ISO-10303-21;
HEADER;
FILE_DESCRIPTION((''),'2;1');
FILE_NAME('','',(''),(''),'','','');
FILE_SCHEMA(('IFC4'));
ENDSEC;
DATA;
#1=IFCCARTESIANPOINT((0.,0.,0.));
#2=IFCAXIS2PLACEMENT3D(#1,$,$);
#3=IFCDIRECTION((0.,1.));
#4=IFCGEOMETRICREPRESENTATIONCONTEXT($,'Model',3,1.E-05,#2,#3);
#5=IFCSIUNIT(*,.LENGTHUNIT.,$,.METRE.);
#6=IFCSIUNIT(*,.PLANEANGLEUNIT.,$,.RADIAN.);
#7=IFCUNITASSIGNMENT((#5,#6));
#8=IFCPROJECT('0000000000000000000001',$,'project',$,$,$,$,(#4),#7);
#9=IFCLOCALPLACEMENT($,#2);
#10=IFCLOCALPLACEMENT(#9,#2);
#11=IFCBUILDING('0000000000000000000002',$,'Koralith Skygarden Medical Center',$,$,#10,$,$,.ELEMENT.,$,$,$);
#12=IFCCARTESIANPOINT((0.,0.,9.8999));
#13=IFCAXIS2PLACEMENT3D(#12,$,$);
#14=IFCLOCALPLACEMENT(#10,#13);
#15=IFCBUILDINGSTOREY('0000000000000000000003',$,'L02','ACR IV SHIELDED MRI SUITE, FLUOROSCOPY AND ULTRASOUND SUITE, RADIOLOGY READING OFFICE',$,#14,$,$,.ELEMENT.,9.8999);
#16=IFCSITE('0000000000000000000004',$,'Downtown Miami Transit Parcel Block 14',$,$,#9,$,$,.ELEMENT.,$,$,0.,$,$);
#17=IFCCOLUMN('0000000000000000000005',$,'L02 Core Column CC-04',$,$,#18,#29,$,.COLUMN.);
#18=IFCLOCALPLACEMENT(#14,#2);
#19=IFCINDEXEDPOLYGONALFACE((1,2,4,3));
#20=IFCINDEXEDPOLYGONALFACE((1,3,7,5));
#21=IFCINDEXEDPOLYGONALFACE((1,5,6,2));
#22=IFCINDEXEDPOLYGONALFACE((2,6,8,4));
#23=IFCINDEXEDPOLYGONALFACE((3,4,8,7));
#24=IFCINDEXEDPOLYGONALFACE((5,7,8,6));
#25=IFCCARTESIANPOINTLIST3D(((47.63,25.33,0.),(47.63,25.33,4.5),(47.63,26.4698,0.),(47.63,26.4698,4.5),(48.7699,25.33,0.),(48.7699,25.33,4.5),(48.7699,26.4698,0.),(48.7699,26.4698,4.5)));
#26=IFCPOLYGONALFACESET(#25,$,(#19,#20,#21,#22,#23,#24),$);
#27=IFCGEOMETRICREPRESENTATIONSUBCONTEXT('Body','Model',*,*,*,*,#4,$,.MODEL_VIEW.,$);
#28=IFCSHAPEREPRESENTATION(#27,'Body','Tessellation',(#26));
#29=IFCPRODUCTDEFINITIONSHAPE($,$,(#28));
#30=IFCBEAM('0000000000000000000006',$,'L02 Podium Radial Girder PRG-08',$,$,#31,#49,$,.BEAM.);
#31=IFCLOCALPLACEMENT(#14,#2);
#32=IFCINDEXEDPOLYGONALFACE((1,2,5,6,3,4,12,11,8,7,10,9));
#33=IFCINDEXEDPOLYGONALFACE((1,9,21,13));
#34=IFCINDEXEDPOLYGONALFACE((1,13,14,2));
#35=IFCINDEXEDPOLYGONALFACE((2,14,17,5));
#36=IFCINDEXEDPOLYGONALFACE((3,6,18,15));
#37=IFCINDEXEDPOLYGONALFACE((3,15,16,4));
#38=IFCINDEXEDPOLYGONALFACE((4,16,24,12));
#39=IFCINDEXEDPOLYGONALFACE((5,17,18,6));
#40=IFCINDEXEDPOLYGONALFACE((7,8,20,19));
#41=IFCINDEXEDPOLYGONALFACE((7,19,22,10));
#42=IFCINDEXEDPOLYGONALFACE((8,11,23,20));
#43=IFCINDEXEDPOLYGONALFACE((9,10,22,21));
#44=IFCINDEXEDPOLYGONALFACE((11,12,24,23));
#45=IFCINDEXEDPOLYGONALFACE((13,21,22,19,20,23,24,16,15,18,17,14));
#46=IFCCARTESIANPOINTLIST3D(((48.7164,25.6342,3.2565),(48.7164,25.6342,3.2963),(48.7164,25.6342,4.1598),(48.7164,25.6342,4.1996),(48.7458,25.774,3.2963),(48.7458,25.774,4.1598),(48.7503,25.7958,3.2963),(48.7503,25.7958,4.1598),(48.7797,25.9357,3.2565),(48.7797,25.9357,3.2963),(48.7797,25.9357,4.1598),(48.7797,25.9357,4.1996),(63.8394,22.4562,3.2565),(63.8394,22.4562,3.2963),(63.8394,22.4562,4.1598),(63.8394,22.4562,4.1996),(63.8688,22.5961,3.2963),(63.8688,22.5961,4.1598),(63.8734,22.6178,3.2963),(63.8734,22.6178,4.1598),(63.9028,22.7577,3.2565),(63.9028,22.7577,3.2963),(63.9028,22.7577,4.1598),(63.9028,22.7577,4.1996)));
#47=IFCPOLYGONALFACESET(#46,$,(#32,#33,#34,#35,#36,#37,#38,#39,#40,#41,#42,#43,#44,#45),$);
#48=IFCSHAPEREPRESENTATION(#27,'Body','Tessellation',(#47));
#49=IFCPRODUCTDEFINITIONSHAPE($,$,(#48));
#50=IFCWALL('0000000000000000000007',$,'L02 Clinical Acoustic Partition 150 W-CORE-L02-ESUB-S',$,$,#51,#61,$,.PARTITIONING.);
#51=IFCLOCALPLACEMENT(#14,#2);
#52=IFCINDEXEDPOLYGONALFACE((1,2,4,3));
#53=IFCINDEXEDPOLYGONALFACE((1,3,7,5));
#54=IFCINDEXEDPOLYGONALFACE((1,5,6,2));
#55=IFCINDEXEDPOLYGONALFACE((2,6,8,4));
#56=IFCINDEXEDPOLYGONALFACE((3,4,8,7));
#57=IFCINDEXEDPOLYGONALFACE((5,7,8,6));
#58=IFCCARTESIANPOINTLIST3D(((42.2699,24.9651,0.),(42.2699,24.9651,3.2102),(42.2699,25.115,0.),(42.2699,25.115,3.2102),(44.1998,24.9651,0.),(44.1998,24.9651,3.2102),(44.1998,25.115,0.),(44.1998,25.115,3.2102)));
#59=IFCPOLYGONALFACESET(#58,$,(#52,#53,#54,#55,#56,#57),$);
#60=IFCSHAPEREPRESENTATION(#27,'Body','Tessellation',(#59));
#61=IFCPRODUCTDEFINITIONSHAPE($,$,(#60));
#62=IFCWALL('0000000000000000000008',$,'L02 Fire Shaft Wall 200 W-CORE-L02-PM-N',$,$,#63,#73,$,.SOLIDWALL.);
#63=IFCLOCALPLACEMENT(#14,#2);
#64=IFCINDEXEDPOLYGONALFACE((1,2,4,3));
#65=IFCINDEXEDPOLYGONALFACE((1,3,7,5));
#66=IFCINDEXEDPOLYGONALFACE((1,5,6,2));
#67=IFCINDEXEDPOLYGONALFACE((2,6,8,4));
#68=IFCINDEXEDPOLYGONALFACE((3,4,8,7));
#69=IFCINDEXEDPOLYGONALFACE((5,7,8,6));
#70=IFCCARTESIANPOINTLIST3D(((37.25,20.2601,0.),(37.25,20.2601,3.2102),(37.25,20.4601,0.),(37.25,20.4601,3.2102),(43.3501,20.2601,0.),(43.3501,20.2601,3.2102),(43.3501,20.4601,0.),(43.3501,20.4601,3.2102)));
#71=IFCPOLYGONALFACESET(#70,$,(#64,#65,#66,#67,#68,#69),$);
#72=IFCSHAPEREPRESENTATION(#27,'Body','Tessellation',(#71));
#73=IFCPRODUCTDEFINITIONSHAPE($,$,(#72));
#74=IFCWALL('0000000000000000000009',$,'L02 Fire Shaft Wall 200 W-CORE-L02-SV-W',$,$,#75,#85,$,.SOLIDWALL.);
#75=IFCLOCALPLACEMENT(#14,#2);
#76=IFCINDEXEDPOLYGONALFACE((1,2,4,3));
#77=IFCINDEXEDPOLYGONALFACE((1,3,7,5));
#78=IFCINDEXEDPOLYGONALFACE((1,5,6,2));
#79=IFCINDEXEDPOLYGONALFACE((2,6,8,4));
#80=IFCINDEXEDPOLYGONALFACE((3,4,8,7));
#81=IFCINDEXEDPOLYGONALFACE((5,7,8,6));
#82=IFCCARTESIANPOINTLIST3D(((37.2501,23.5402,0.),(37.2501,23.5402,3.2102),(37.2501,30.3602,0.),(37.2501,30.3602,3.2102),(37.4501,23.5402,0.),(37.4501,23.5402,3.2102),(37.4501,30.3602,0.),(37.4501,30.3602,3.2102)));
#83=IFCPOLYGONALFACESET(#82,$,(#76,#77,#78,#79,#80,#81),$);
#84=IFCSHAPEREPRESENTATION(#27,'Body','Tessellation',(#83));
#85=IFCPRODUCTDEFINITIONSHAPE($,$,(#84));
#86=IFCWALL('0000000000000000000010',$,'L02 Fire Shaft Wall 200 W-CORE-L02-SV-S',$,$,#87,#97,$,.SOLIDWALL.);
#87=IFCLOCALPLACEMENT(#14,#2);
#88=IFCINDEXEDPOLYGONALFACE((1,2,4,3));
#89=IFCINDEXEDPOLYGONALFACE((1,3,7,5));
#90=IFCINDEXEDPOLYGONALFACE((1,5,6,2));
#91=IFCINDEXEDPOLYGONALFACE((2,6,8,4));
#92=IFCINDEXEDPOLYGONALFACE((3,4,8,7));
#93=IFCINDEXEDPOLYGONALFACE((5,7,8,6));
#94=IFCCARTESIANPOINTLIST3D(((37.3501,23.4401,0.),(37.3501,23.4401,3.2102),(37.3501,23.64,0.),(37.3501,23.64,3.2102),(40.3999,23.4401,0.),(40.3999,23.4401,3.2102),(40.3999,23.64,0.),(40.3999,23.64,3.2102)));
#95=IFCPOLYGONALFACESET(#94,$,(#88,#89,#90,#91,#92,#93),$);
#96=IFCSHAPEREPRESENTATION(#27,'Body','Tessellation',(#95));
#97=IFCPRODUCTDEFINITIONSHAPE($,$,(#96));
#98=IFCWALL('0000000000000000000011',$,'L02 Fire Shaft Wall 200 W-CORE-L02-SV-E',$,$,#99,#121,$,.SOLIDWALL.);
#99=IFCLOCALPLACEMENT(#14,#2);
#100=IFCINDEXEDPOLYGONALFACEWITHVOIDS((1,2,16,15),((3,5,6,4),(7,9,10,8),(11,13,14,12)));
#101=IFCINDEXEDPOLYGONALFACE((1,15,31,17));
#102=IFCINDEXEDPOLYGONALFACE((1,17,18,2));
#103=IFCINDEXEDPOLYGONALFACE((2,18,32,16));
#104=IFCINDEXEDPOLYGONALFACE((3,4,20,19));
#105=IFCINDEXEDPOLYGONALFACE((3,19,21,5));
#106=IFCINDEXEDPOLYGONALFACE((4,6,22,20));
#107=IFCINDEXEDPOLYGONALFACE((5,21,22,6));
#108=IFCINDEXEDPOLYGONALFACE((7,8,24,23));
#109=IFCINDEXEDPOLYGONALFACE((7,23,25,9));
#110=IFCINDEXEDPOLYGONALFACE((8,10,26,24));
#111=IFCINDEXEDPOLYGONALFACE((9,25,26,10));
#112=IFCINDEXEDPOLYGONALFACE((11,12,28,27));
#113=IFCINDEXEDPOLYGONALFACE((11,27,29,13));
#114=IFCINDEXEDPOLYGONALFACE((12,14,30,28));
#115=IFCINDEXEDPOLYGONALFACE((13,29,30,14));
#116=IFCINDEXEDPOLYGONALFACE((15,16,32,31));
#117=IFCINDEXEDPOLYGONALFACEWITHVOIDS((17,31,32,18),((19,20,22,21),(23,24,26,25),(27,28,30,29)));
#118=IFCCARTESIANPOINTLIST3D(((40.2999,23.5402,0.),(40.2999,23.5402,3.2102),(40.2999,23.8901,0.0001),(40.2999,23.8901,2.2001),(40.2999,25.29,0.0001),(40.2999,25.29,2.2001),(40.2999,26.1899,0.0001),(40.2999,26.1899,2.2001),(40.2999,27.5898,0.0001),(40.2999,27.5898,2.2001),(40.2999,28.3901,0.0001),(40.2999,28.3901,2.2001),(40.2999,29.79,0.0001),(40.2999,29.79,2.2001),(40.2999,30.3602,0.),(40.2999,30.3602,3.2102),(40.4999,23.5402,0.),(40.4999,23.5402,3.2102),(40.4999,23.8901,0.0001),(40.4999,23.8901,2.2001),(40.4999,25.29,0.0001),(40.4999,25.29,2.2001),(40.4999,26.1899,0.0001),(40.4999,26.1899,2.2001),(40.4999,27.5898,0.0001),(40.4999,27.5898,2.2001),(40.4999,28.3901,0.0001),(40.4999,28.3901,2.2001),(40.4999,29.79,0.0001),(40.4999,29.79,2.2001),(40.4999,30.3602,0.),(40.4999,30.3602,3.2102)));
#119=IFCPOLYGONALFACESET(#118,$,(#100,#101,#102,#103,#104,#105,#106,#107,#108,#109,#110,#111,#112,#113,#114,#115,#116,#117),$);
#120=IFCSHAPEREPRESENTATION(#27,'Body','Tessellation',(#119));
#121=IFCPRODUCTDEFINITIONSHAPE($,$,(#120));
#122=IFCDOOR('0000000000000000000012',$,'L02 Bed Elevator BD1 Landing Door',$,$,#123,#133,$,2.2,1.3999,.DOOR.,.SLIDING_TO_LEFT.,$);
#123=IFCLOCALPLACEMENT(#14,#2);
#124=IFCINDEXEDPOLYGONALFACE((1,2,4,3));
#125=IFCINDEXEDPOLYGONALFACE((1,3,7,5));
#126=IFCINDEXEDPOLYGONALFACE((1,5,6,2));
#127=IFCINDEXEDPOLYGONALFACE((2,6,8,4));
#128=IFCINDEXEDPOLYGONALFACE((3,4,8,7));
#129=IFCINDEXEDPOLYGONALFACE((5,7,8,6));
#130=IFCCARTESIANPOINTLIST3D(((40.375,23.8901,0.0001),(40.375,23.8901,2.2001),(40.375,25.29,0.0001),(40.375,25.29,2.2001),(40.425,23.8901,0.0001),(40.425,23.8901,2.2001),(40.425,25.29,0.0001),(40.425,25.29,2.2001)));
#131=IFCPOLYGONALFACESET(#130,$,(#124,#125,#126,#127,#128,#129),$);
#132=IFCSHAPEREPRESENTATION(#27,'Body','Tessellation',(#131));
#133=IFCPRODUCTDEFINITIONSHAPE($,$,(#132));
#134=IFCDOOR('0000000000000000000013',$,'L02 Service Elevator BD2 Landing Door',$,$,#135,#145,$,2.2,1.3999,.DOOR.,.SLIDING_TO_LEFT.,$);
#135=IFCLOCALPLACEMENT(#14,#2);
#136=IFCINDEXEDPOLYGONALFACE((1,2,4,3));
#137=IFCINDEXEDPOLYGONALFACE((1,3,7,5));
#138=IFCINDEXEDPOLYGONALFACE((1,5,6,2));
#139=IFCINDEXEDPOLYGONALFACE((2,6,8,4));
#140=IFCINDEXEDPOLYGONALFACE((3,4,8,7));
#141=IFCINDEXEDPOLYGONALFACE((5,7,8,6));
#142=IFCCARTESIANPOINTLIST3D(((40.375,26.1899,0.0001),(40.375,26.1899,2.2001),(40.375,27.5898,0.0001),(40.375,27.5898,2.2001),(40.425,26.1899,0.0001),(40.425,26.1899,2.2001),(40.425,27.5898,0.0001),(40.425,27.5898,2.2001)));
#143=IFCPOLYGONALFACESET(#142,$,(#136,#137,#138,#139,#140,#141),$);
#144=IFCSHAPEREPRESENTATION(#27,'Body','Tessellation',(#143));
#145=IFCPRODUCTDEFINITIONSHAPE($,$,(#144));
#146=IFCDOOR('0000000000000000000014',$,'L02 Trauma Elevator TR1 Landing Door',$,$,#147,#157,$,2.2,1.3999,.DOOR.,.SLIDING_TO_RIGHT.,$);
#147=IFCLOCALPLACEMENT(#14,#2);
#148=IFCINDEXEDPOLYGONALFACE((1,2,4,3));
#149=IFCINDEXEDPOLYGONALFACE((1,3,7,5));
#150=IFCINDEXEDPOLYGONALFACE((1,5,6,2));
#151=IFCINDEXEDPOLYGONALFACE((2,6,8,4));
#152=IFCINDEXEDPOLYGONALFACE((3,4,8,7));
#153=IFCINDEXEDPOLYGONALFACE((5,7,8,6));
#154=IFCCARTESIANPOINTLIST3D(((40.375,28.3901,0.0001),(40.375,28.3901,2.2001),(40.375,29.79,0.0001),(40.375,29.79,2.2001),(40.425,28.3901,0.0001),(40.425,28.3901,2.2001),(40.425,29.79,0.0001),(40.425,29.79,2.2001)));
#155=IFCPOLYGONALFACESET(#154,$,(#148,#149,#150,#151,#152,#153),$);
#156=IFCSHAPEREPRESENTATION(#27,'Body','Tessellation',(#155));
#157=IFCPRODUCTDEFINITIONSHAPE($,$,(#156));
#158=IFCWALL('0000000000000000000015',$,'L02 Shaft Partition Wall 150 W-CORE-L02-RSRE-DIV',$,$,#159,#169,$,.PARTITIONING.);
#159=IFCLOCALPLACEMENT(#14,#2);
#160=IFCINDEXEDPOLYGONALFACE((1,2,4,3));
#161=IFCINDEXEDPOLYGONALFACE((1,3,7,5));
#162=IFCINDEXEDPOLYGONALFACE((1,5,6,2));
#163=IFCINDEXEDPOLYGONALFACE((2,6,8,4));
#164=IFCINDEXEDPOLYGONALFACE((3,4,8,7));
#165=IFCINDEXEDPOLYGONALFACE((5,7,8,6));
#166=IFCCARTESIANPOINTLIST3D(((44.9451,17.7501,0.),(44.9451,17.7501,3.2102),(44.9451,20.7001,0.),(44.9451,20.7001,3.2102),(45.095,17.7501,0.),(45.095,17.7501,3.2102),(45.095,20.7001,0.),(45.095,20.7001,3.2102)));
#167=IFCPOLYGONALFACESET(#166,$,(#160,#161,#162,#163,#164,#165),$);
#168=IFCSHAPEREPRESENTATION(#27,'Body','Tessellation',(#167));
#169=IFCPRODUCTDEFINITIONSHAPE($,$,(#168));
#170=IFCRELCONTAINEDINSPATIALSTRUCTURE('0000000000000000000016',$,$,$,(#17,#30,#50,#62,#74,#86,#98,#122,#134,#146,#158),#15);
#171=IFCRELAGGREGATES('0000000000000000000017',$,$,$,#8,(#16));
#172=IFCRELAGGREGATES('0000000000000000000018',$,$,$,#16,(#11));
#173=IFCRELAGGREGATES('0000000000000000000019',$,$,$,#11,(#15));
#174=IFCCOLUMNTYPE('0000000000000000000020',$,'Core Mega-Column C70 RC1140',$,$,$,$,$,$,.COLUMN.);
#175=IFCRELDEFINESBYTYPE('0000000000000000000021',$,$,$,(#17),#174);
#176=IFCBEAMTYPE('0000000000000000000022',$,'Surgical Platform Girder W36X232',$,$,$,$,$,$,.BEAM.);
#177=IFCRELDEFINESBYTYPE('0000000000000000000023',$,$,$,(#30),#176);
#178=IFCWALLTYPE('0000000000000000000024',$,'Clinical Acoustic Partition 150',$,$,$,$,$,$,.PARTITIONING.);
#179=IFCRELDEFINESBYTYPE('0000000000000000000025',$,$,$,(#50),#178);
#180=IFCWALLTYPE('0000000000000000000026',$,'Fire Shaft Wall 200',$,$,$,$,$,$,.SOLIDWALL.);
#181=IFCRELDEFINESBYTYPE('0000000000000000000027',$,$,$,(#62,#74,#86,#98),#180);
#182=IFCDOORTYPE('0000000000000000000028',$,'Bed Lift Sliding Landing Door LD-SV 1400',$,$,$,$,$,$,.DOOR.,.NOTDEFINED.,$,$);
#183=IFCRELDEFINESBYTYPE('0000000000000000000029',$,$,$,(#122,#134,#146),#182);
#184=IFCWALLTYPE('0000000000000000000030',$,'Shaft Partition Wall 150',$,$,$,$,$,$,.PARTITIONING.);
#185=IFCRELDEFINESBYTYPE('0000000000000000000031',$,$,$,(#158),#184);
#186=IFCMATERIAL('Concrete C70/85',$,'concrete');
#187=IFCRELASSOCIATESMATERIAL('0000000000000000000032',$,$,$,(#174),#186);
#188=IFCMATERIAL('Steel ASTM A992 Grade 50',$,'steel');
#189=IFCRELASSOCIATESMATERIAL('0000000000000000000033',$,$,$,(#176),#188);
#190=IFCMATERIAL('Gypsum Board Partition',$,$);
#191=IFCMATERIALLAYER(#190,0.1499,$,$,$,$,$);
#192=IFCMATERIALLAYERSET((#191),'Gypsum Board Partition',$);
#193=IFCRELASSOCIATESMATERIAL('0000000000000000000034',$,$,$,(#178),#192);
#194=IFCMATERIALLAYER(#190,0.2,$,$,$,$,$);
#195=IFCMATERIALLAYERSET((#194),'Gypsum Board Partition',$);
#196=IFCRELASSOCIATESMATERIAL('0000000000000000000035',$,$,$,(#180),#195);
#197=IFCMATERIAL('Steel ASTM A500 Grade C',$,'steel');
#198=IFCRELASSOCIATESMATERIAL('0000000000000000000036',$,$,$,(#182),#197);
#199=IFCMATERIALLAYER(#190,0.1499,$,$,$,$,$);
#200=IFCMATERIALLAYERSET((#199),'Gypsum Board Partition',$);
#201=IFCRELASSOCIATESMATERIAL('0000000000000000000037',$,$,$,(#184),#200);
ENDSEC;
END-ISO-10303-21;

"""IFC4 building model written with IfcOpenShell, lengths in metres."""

from ifc_helpers import new_model, si_unit, direction, frame, frame_2d, origin, origin_2d, place, context, subcontext, project, spatial, rectangle, i_section, extrude, material, layer, layer_set, material_profile, profile_set, type_object, element, fill, save


model = new_model("IFC4")

# Units and contexts
model_context = context("Model", 3, precision=1e-05, world=origin(), true_north=direction((0.0, 1.0)))
body_context = subcontext(model_context, "Body", "Model", "MODEL_VIEW")
ifc_project = project(units=[si_unit("LENGTHUNIT", "METRE"), si_unit("PLANEANGLEUNIT", "RADIAN")], contexts=[model_context])

# Site, building, storey
site_placement = place(None, origin())
site = spatial("IfcSite", under=ifc_project, at=site_placement, Name="Downtown Miami Transit Parcel Block 14", CompositionType="ELEMENT", RefElevation=0.0)
building_placement = place(site_placement, origin())
building = spatial("IfcBuilding", under=site, at=building_placement, Name="Koralith Skygarden Medical Center", CompositionType="ELEMENT")
storey_placement = place(building_placement, frame((0.0, 0.0, 9.8999)))
storey = spatial("IfcBuildingStorey", under=building, at=storey_placement, Name="L02", Description="ACR IV SHIELDED MRI SUITE, FLUOROSCOPY AND ULTRASOUND SUITE, RADIOLOGY READING OFFICE", CompositionType="ELEMENT", Elevation=9.8999)

# Column
ifc_material_1 = material(Name="Concrete C70/85", Category="concrete")
ifc_material_profile_1 = material_profile(ifc_material_1, rectangle(XDim=1.1399, YDim=1.1399, at=origin_2d()), Name="RC1140X1140")
ifc_profile_set_1 = profile_set([ifc_material_profile_1], Name="Concrete C70/85")
column_type = type_object("IfcColumnType", Name="Core Mega-Column C70 RC1140", PredefinedType="COLUMN", material=ifc_profile_set_1)
column_placement = place(storey_placement, frame((48.2, 25.8999, 0.0), z_axis=(0.0, 0.0, 1.0), x_axis=(1.0, 0.0, 0.0)))
element("IfcColumn", 1, at=column_placement, inside=storey, type_object=column_type, Name="L02 Core Column CC-04", PredefinedType="COLUMN", context=body_context, shape_type="SweptSolid", body=[
    extrude(rectangle(XDim=1.1399, YDim=1.1399, at=origin_2d()), origin(), (0.0, 0.0, 1.0), 4.5),
])

# Beam
ifc_material_2 = material(Name="Steel ASTM A992 Grade 50", Category="steel")
ifc_material_profile_2 = material_profile(ifc_material_2, i_section(OverallWidth=0.3081, OverallDepth=0.9431, WebThickness=0.0222, FlangeThickness=0.0398, at=origin_2d()), Name="W36X232")
ifc_profile_set_2 = profile_set([ifc_material_profile_2], Name="Steel ASTM A992 Grade 50")
beam_type = type_object("IfcBeamType", Name="Surgical Platform Girder W36X232", PredefinedType="BEAM", material=ifc_profile_set_2)
beam_placement = place(storey_placement, frame((48.748, 25.7849, 3.728), z_axis=(0.978626, -0.20565, 0.0), x_axis=(0.20565, 0.978626, 0.0)))
element("IfcBeam", 2, at=beam_placement, inside=storey, type_object=beam_type, Name="L02 Podium Radial Girder PRG-08", PredefinedType="BEAM", context=body_context, shape_type="SweptSolid", body=[
    extrude(i_section(OverallWidth=0.3081, OverallDepth=0.9431, WebThickness=0.0222, FlangeThickness=0.0398, at=origin_2d()), origin(), (0.0, 0.0, 1.0), 15.4534),
])

# Shared definitions
ifc_material_3 = material(Name="Gypsum Board Partition")
ifc_layer_1 = layer(ifc_material_3, 0.1499)
ifc_layer_set_1 = layer_set([ifc_layer_1], Name="Gypsum Board Partition")
wall_type_1 = type_object("IfcWallType", Name="Clinical Acoustic Partition 150", PredefinedType="PARTITIONING", material=ifc_layer_set_1)

# Wall
wall_1_placement = place(storey_placement, frame((42.27, 25.04, 0.0), z_axis=(0.0, 0.0, 1.0), x_axis=(1.0, 0.0, 0.0)))
element("IfcWall", 3, at=wall_1_placement, inside=storey, type_object=wall_type_1, Name="L02 Clinical Acoustic Partition 150 W-CORE-L02-ESUB-S", PredefinedType="PARTITIONING", context=body_context, shape_type="SweptSolid", body=[
    extrude(rectangle(XDim=1.9299, YDim=0.1499, at=frame_2d((0.9648, 0.0))), origin(), (0.0, 0.0, 1.0), 3.2102),
])

# Shared definitions
ifc_layer_2 = layer(ifc_material_3, 0.2)
ifc_layer_set_2 = layer_set([ifc_layer_2], Name="Gypsum Board Partition")
wall_type_2 = type_object("IfcWallType", Name="Fire Shaft Wall 200", PredefinedType="SOLIDWALL", material=ifc_layer_set_2)
ifc_material_4 = material(Name="Steel ASTM A500 Grade C", Category="steel")

# Walls
wall_2_placement = place(storey_placement, frame((37.25, 20.3601, 0.0), z_axis=(0.0, 0.0, 1.0), x_axis=(1.0, 0.0, 0.0)))
element("IfcWall", 4, at=wall_2_placement, inside=storey, type_object=wall_type_2, Name="L02 Fire Shaft Wall 200 W-CORE-L02-PM-N", PredefinedType="SOLIDWALL", context=body_context, shape_type="SweptSolid", body=[
    extrude(rectangle(XDim=6.1001, YDim=0.2, at=frame_2d((3.05, 0.0))), origin(), (0.0, 0.0, 1.0), 3.2102),
])
wall_3_placement = place(storey_placement, frame((37.3501, 23.54, 0.0), z_axis=(0.0, 0.0, 1.0), x_axis=(0.0, 1.0, 0.0)))
element("IfcWall", 5, at=wall_3_placement, inside=storey, type_object=wall_type_2, Name="L02 Fire Shaft Wall 200 W-CORE-L02-SV-W", PredefinedType="SOLIDWALL", context=body_context, shape_type="SweptSolid", body=[
    extrude(rectangle(XDim=6.8201, YDim=0.2, at=frame_2d((3.4102, 0.0))), origin(), (0.0, 0.0, 1.0), 3.2102),
])
wall_4_placement = place(storey_placement, frame((37.3501, 23.54, 0.0), z_axis=(0.0, 0.0, 1.0), x_axis=(1.0, 0.0, 0.0)))
element("IfcWall", 6, at=wall_4_placement, inside=storey, type_object=wall_type_2, Name="L02 Fire Shaft Wall 200 W-CORE-L02-SV-S", PredefinedType="SOLIDWALL", context=body_context, shape_type="SweptSolid", body=[
    extrude(rectangle(XDim=3.0498, YDim=0.2, at=frame_2d((1.5249, 0.0))), origin(), (0.0, 0.0, 1.0), 3.2102),
])

# Wall, openings, doors
wall_5_placement = place(storey_placement, frame((40.3999, 23.54, 0.0), z_axis=(0.0, 0.0, 1.0), x_axis=(0.0, 1.0, 0.0)))
wall_5 = element("IfcWall", 7, at=wall_5_placement, inside=storey, type_object=wall_type_2, Name="L02 Fire Shaft Wall 200 W-CORE-L02-SV-E", PredefinedType="SOLIDWALL", context=body_context, shape_type="SweptSolid", body=[
    extrude(rectangle(XDim=6.8201, YDim=0.2, at=frame_2d((3.4102, 0.0))), origin(), (0.0, 0.0, 1.0), 3.2102),
])
opening_1_placement = place(wall_5_placement, frame((0.3501, 0.0, 0.0)))
opening_1 = element("IfcOpeningElement", 8, at=opening_1_placement, cuts=wall_5, PredefinedType="OPENING", context=body_context, shape_type="SweptSolid", body=[
    extrude(rectangle(XDim=1.3999, YDim=2.2, at=frame_2d((0.7, 1.1001))), frame((0.0, 0.1099, 0.0), z_axis=(0.0, -1.0, 0.0), x_axis=(1.0, 0.0, 0.0)), (0.0, 0.0, 1.0), 0.22),
])
opening_2_placement = place(wall_5_placement, frame((2.6499, 0.0, 0.0)))
opening_2 = element("IfcOpeningElement", 9, at=opening_2_placement, cuts=wall_5, PredefinedType="OPENING", context=body_context, shape_type="SweptSolid", body=[
    extrude(rectangle(XDim=1.3999, YDim=2.2, at=frame_2d((0.7, 1.1001))), frame((0.0, 0.1099, 0.0), z_axis=(0.0, -1.0, 0.0), x_axis=(1.0, 0.0, 0.0)), (0.0, 0.0, 1.0), 0.22),
])
opening_3_placement = place(wall_5_placement, frame((4.8501, 0.0, 0.0)))
opening_3 = element("IfcOpeningElement", 10, at=opening_3_placement, cuts=wall_5, PredefinedType="OPENING", context=body_context, shape_type="SweptSolid", body=[
    extrude(rectangle(XDim=1.3999, YDim=2.2, at=frame_2d((0.7, 1.1001))), frame((0.0, 0.1099, 0.0), z_axis=(0.0, -1.0, 0.0), x_axis=(1.0, 0.0, 0.0)), (0.0, 0.0, 1.0), 0.22),
])
door_type_1 = type_object("IfcDoorType", Name="Bed Lift Sliding Landing Door LD-SV 1400", OperationType="NOTDEFINED", PredefinedType="DOOR", material=ifc_material_4)
door_1_placement = place(opening_1_placement, origin())
door_1 = element("IfcDoor", 11, at=door_1_placement, inside=storey, type_object=door_type_1, Name="L02 Bed Elevator BD1 Landing Door", OperationType="SLIDING_TO_LEFT", OverallHeight=2.2, OverallWidth=1.3999, PredefinedType="DOOR", context=body_context, shape_type="SweptSolid", body=[
    extrude(rectangle(XDim=1.3999, YDim=2.2, at=frame_2d((0.7, 1.1001))), frame((0.0, 0.0249, 0.0), z_axis=(0.0, -1.0, 0.0), x_axis=(1.0, 0.0, 0.0)), (0.0, 0.0, 1.0), 0.05),
])
fill(opening_1, door_1)
door_2_placement = place(opening_2_placement, origin())
door_2 = element("IfcDoor", 12, at=door_2_placement, inside=storey, type_object=door_type_1, Name="L02 Service Elevator BD2 Landing Door", OperationType="SLIDING_TO_LEFT", OverallHeight=2.2, OverallWidth=1.3999, PredefinedType="DOOR", context=body_context, shape_type="SweptSolid", body=[
    extrude(rectangle(XDim=1.3999, YDim=2.2, at=frame_2d((0.7, 1.1001))), frame((0.0, 0.0249, 0.0), z_axis=(0.0, -1.0, 0.0), x_axis=(1.0, 0.0, 0.0)), (0.0, 0.0, 1.0), 0.05),
])
fill(opening_2, door_2)
door_3_placement = place(opening_3_placement, origin())
door_3 = element("IfcDoor", 13, at=door_3_placement, inside=storey, type_object=door_type_1, Name="L02 Trauma Elevator TR1 Landing Door", OperationType="SLIDING_TO_RIGHT", OverallHeight=2.2, OverallWidth=1.3999, PredefinedType="DOOR", context=body_context, shape_type="SweptSolid", body=[
    extrude(rectangle(XDim=1.3999, YDim=2.2, at=frame_2d((0.7, 1.1001))), frame((0.0, 0.0249, 0.0), z_axis=(0.0, -1.0, 0.0), x_axis=(1.0, 0.0, 0.0)), (0.0, 0.0, 1.0), 0.05),
])
fill(opening_3, door_3)

# Wall
ifc_layer_3 = layer(ifc_material_3, 0.1499)
ifc_layer_set_3 = layer_set([ifc_layer_3], Name="Gypsum Board Partition")
wall_type_3 = type_object("IfcWallType", Name="Shaft Partition Wall 150", PredefinedType="PARTITIONING", material=ifc_layer_set_3)
wall_6_placement = place(storey_placement, frame((45.02, 17.75, 0.0), z_axis=(0.0, 0.0, 1.0), x_axis=(0.0, 1.0, 0.0)))
element("IfcWall", 14, at=wall_6_placement, inside=storey, type_object=wall_type_3, Name="L02 Shaft Partition Wall 150 W-CORE-L02-RSRE-DIV", PredefinedType="PARTITIONING", context=body_context, shape_type="SweptSolid", body=[
    extrude(rectangle(XDim=2.95, YDim=0.1499, at=frame_2d((1.4751, 0.0))), origin(), (0.0, 0.0, 1.0), 3.2102),
])

save(model, "model.ifc")
